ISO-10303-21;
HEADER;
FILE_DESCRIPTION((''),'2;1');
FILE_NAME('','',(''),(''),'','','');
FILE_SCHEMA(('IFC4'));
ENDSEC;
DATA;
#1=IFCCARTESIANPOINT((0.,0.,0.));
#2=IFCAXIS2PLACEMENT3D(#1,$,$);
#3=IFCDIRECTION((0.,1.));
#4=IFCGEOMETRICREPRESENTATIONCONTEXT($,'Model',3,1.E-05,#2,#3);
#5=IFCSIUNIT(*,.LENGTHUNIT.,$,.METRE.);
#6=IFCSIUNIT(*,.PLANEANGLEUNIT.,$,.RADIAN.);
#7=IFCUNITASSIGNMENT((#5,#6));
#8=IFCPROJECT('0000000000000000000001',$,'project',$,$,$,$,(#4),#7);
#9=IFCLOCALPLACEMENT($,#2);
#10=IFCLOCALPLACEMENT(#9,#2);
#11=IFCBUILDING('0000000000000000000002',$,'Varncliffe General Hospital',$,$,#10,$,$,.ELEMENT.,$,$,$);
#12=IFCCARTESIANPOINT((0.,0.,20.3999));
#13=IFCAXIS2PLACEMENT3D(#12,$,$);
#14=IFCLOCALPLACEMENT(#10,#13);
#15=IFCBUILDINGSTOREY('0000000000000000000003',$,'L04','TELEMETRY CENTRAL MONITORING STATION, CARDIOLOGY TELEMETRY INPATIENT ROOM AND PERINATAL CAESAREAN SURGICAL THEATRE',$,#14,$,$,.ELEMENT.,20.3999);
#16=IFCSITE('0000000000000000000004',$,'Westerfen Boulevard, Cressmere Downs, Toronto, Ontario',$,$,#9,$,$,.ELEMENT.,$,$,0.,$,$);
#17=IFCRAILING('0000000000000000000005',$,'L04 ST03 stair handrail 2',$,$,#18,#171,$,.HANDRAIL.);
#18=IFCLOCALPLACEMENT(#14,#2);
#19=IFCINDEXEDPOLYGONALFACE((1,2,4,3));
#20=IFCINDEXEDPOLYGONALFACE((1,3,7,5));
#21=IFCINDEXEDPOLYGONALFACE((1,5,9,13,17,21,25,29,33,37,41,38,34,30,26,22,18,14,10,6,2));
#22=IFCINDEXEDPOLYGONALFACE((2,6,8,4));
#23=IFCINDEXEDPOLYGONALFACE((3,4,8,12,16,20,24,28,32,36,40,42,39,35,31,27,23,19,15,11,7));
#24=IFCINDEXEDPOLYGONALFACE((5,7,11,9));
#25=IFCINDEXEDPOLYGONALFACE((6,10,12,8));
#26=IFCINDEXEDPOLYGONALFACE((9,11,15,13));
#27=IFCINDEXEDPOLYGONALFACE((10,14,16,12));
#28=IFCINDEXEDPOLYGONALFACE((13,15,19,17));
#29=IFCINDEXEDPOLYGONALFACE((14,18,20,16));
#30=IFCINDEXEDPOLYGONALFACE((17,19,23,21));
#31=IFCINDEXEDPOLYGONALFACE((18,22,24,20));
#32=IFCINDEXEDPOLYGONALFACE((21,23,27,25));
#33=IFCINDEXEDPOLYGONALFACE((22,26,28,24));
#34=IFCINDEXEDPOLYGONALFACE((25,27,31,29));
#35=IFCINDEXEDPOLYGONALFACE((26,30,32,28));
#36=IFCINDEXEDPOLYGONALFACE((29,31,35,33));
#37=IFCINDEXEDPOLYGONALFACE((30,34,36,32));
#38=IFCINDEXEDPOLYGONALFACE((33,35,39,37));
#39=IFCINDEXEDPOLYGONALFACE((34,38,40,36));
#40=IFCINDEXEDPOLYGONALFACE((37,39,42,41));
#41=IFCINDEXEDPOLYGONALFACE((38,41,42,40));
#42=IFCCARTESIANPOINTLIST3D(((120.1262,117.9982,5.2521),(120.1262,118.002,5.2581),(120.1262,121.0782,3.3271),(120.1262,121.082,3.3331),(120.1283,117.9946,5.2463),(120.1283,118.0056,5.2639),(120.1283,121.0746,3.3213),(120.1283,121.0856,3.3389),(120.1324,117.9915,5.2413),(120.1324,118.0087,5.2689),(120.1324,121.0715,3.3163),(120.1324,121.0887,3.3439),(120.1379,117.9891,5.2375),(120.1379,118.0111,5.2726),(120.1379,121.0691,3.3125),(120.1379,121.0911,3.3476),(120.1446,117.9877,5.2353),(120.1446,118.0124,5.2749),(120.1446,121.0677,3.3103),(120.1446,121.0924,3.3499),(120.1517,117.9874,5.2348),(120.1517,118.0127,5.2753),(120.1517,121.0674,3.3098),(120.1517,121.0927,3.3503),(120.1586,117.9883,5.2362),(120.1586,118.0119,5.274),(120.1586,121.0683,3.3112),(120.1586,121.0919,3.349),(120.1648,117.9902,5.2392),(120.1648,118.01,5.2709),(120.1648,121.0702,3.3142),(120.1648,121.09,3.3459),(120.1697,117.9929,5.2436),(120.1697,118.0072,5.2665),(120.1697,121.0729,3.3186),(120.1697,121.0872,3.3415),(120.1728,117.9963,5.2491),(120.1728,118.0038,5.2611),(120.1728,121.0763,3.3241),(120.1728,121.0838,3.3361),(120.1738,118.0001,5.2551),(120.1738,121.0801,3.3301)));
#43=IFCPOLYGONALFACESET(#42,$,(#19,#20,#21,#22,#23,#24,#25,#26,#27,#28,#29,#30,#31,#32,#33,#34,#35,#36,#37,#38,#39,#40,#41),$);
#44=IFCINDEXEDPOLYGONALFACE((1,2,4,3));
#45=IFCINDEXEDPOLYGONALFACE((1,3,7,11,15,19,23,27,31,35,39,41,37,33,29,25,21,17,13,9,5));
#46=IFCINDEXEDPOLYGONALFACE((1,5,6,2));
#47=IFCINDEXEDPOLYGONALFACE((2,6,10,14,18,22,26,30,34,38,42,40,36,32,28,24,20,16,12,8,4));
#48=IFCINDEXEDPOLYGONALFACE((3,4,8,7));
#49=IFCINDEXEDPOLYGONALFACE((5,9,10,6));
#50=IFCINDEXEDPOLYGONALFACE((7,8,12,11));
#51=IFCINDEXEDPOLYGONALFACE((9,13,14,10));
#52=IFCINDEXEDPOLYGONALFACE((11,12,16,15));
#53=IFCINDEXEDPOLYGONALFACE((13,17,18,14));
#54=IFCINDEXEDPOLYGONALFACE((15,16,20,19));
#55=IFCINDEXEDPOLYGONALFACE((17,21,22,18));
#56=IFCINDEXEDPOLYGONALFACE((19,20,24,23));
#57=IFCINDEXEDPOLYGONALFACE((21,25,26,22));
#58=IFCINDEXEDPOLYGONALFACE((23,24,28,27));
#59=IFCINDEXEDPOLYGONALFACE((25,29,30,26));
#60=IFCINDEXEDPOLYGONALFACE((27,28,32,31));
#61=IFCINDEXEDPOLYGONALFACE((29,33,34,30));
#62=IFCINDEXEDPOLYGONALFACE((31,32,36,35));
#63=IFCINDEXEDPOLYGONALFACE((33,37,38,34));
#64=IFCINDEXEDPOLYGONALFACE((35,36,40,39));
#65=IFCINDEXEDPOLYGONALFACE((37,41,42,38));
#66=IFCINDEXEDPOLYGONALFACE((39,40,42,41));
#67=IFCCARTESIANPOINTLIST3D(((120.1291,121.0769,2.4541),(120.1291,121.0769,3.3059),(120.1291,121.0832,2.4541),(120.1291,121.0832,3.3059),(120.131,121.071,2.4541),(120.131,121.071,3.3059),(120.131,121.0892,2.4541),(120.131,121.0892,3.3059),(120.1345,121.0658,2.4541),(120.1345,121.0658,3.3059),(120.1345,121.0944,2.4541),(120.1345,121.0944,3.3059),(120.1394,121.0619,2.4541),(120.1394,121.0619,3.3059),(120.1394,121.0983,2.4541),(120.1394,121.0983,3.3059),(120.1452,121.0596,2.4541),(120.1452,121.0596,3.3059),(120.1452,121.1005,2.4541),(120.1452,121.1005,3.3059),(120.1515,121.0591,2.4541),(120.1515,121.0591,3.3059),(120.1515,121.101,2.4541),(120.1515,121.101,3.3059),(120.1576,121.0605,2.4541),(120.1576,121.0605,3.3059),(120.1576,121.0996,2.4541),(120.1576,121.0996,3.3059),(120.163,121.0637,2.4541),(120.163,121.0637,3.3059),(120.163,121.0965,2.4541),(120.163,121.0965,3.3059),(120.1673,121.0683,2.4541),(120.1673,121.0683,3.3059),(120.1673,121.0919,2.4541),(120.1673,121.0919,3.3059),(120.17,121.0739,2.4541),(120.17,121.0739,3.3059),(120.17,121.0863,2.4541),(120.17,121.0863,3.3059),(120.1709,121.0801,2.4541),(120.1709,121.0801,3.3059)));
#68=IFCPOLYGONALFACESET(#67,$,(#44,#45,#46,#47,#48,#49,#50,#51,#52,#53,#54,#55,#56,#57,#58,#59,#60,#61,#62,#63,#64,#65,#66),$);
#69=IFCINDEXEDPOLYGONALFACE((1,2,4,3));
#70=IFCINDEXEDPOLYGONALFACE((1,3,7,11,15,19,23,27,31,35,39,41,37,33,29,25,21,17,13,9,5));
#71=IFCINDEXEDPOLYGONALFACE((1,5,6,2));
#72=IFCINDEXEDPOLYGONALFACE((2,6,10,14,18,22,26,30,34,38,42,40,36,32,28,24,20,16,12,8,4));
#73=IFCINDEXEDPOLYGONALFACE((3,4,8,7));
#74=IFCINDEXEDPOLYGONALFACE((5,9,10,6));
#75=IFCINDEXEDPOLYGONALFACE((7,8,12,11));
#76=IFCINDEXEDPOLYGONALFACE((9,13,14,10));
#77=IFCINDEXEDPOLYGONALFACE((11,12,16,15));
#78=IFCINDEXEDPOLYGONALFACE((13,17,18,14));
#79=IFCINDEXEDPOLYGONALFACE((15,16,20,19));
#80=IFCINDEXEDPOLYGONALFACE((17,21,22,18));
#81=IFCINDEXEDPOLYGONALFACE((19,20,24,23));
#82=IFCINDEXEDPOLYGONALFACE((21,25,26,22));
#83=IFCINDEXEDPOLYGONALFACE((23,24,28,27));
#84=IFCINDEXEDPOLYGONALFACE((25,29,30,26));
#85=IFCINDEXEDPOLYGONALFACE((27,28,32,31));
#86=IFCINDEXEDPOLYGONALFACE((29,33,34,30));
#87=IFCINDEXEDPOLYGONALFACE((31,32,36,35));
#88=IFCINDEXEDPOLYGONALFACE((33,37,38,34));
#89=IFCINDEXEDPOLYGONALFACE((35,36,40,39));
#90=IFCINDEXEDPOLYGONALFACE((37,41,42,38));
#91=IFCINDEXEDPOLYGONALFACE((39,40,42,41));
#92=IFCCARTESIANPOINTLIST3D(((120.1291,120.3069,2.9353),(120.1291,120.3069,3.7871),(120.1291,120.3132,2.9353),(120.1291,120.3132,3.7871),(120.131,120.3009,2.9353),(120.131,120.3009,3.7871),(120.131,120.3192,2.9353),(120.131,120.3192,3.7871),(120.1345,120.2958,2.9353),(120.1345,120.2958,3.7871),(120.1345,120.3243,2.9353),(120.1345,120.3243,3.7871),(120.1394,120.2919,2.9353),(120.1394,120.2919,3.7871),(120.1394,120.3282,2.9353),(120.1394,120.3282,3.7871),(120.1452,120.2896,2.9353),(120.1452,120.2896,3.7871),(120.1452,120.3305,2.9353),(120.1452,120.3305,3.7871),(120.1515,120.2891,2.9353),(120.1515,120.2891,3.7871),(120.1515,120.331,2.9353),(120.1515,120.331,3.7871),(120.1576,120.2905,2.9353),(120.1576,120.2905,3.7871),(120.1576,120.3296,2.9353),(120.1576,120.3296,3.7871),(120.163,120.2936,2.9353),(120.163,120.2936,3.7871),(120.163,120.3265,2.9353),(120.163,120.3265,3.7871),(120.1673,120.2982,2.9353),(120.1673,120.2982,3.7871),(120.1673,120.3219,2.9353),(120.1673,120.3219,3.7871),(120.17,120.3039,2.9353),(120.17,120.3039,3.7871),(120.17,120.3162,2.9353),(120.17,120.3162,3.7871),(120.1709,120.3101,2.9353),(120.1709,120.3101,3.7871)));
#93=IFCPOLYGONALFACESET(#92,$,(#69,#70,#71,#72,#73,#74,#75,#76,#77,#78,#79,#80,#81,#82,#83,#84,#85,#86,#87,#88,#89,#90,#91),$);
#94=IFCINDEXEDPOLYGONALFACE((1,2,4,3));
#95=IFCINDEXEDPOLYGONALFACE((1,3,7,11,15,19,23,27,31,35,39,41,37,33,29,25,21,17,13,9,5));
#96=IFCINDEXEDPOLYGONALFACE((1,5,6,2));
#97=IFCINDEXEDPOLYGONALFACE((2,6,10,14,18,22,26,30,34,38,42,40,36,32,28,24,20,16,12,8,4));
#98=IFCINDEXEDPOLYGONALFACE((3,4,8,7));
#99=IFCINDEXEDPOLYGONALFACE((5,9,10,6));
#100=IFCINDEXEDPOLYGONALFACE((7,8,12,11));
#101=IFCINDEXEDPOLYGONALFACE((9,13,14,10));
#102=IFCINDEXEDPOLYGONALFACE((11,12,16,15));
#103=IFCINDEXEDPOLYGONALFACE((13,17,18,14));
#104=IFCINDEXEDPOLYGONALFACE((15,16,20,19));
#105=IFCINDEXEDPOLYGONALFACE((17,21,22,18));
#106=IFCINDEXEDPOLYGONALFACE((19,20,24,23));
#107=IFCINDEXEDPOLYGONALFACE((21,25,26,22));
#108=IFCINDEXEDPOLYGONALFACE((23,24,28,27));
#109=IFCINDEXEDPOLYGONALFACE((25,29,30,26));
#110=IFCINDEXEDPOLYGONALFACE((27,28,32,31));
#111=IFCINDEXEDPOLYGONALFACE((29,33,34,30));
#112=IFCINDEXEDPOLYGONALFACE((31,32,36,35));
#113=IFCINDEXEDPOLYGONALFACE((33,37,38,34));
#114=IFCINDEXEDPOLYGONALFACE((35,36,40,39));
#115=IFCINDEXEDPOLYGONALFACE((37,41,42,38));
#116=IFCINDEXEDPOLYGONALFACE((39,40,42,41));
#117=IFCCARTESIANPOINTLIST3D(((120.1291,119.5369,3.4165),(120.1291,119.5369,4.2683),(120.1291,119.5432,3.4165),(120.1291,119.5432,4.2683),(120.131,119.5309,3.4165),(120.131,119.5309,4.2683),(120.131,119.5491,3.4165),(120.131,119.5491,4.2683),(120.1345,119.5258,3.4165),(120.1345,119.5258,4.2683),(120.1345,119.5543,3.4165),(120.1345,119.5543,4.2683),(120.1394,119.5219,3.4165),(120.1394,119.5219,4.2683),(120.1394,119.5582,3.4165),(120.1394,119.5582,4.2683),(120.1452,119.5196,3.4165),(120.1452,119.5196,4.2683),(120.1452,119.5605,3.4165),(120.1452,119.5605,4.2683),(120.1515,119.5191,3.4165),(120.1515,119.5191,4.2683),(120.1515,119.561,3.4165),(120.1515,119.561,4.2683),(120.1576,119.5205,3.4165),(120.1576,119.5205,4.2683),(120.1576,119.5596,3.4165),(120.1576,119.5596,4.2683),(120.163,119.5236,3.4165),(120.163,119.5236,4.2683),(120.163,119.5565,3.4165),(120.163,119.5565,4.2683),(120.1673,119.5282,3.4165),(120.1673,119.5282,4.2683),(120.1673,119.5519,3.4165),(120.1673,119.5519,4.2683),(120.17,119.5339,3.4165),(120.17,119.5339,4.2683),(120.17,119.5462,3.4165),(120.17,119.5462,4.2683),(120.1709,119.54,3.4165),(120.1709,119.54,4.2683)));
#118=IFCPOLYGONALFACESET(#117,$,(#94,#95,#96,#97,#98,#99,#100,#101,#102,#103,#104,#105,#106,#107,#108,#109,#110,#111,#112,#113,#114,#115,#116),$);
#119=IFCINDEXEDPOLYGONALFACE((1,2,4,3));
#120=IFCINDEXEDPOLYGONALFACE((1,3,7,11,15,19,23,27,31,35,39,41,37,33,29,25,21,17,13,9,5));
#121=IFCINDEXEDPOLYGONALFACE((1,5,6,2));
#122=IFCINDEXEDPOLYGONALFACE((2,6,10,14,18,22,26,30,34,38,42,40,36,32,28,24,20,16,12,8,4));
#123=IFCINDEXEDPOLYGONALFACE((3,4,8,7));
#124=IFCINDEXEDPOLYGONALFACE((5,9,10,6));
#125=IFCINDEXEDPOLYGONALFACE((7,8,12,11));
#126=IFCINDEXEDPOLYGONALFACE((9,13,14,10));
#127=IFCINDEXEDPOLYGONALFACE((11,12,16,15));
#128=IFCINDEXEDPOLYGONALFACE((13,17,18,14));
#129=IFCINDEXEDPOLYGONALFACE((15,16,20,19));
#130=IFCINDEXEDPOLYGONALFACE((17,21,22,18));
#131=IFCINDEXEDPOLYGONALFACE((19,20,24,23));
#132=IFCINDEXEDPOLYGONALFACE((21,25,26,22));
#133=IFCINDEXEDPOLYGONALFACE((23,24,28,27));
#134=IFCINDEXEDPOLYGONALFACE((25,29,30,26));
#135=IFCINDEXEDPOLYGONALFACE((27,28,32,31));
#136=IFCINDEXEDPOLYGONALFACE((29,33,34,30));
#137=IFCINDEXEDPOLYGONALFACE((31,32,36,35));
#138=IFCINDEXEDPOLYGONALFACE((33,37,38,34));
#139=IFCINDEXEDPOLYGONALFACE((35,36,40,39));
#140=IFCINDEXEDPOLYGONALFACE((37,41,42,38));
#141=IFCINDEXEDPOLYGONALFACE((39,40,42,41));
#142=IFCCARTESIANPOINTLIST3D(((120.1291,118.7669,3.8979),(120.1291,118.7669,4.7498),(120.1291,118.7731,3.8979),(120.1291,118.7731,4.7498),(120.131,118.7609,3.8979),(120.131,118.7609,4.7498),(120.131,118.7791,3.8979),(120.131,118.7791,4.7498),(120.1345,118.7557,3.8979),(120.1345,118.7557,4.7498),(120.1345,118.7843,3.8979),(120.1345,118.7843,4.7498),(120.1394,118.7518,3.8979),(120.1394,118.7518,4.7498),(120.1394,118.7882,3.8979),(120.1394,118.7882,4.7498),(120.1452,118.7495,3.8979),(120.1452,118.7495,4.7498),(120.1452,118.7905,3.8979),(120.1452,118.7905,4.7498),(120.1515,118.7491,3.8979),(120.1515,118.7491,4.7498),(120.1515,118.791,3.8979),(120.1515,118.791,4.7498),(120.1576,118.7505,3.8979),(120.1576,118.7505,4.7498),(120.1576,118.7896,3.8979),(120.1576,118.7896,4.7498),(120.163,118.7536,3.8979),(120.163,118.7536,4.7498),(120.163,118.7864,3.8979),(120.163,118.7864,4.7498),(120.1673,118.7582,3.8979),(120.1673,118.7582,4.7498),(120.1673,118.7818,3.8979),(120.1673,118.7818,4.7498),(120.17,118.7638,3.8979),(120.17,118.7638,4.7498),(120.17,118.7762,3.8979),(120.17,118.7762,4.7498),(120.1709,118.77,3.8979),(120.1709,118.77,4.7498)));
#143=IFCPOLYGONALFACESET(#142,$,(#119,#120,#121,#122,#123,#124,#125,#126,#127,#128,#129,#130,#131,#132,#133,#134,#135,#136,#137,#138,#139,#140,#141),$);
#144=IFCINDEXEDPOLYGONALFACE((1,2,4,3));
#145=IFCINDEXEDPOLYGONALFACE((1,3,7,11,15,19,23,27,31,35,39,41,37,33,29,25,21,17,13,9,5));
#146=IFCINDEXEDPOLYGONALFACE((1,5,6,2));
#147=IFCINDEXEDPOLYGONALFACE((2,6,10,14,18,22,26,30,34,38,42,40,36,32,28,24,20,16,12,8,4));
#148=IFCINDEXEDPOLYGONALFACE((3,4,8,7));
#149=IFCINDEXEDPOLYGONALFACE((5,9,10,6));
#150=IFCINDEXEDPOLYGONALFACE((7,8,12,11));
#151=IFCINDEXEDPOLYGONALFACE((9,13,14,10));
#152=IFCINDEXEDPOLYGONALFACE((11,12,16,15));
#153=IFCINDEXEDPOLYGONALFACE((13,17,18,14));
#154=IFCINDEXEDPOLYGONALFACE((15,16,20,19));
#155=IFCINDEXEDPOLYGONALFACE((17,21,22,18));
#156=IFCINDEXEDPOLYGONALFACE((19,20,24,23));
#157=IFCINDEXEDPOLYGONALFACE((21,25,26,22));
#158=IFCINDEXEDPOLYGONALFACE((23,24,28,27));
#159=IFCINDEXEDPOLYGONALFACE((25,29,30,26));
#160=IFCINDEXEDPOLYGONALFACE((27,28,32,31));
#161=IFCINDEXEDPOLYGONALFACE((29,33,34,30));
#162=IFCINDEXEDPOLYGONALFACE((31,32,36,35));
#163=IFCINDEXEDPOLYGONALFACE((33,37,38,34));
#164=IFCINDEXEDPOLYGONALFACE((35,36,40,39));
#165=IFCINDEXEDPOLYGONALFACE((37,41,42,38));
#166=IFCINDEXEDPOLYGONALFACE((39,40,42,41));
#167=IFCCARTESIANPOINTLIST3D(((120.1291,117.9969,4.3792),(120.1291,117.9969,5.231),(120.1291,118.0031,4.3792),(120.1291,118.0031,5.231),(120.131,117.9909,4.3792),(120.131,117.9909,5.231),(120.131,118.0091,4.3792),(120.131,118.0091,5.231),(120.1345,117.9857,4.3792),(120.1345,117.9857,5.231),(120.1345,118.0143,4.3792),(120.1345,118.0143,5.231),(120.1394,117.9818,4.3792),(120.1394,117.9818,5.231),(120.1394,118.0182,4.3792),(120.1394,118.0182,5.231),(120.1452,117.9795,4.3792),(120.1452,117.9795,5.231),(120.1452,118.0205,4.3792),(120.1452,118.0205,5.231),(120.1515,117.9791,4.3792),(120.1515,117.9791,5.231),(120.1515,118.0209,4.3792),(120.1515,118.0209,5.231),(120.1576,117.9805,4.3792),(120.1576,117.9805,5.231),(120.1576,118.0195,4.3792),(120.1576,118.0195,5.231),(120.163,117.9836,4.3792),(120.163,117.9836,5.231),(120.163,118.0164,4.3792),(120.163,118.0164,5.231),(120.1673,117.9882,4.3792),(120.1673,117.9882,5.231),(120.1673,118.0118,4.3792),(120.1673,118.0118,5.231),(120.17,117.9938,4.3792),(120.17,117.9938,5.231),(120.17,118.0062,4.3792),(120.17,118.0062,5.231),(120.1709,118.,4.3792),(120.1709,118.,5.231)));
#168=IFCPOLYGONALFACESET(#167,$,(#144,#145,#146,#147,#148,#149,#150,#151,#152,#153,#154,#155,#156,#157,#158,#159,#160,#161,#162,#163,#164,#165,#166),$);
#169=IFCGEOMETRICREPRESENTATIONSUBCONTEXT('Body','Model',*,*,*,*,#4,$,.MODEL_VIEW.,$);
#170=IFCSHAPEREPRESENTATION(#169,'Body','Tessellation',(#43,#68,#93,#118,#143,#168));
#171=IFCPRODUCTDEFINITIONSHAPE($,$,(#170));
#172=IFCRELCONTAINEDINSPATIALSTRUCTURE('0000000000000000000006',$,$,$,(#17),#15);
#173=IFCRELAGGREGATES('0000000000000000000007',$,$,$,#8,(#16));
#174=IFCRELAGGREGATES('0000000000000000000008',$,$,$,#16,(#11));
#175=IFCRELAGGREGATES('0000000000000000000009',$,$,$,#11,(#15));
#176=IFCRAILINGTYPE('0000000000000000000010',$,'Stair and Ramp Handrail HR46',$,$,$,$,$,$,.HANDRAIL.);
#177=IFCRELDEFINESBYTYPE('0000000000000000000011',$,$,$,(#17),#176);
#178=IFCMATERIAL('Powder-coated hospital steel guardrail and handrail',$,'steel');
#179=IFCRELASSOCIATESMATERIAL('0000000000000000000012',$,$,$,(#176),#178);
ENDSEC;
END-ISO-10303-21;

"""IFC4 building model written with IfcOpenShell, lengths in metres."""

from ifc_helpers import new_model, si_unit, direction, frame, origin, origin_2d, place, context, subcontext, project, spatial, circle, extrude, material, type_object, element, save


model = new_model("IFC4")

# Units and contexts
model_context = context("Model", 3, precision=1e-05, world=origin(), true_north=direction((0.0, 1.0)))
body_context = subcontext(model_context, "Body", "Model", "MODEL_VIEW")
ifc_project = project(units=[si_unit("LENGTHUNIT", "METRE"), si_unit("PLANEANGLEUNIT", "RADIAN")], contexts=[model_context])

# Site, building, storey
site_placement = place(None, origin())
site = spatial("IfcSite", under=ifc_project, at=site_placement, Name="Westerfen Boulevard, Cressmere Downs, Toronto, Ontario", CompositionType="ELEMENT", RefElevation=0.0)
building_placement = place(site_placement, origin())
building = spatial("IfcBuilding", under=site, at=building_placement, Name="Varncliffe General Hospital", CompositionType="ELEMENT")
storey_placement = place(building_placement, frame((0.0, 0.0, 20.3999)))
storey = spatial("IfcBuildingStorey", under=building, at=storey_placement, Name="L04", Description="TELEMETRY CENTRAL MONITORING STATION, CARDIOLOGY TELEMETRY INPATIENT ROOM AND PERINATAL CAESAREAN SURGICAL THEATRE", CompositionType="ELEMENT", Elevation=20.3999)

# Railing
ifc_material_1 = material(Name="Powder-coated hospital steel guardrail and handrail", Category="steel")
railing_type_1 = type_object("IfcRailingType", Name="Stair and Ramp Handrail HR46", PredefinedType="HANDRAIL", material=ifc_material_1)
railing_1_placement = place(storey_placement, frame((120.1499, 121.0801, 2.4541)))
element("IfcRailing", 1, at=railing_1_placement, inside=storey, type_object=railing_type_1, Name="L04 ST03 stair handrail 2", PredefinedType="HANDRAIL", context=body_context, shape_type="SweptSolid", body=[
    extrude(circle(Radius=0.0239, at=origin_2d()), frame((0.0, 0.0, 0.876), z_axis=(0.0, -0.847998, 0.529999), x_axis=(1.0, 0.0, 0.0)), (0.0, 0.0, 1.0), 3.6321),
    extrude(circle(Radius=0.021, at=origin_2d()), origin(), (0.0, 0.0, 1.0), 0.8518),
    extrude(circle(Radius=0.021, at=origin_2d()), frame((0.0, -0.77, 0.4812)), (0.0, 0.0, 1.0), 0.8518),
    extrude(circle(Radius=0.021, at=origin_2d()), frame((0.0, -1.54, 0.9624)), (0.0, 0.0, 1.0), 0.8518),
    extrude(circle(Radius=0.021, at=origin_2d()), frame((0.0, -2.3101, 1.4438)), (0.0, 0.0, 1.0), 0.8518),
    extrude(circle(Radius=0.021, at=origin_2d()), frame((0.0, -3.0801, 1.925)), (0.0, 0.0, 1.0), 0.8518),
])

save(model, "model.ifc")
